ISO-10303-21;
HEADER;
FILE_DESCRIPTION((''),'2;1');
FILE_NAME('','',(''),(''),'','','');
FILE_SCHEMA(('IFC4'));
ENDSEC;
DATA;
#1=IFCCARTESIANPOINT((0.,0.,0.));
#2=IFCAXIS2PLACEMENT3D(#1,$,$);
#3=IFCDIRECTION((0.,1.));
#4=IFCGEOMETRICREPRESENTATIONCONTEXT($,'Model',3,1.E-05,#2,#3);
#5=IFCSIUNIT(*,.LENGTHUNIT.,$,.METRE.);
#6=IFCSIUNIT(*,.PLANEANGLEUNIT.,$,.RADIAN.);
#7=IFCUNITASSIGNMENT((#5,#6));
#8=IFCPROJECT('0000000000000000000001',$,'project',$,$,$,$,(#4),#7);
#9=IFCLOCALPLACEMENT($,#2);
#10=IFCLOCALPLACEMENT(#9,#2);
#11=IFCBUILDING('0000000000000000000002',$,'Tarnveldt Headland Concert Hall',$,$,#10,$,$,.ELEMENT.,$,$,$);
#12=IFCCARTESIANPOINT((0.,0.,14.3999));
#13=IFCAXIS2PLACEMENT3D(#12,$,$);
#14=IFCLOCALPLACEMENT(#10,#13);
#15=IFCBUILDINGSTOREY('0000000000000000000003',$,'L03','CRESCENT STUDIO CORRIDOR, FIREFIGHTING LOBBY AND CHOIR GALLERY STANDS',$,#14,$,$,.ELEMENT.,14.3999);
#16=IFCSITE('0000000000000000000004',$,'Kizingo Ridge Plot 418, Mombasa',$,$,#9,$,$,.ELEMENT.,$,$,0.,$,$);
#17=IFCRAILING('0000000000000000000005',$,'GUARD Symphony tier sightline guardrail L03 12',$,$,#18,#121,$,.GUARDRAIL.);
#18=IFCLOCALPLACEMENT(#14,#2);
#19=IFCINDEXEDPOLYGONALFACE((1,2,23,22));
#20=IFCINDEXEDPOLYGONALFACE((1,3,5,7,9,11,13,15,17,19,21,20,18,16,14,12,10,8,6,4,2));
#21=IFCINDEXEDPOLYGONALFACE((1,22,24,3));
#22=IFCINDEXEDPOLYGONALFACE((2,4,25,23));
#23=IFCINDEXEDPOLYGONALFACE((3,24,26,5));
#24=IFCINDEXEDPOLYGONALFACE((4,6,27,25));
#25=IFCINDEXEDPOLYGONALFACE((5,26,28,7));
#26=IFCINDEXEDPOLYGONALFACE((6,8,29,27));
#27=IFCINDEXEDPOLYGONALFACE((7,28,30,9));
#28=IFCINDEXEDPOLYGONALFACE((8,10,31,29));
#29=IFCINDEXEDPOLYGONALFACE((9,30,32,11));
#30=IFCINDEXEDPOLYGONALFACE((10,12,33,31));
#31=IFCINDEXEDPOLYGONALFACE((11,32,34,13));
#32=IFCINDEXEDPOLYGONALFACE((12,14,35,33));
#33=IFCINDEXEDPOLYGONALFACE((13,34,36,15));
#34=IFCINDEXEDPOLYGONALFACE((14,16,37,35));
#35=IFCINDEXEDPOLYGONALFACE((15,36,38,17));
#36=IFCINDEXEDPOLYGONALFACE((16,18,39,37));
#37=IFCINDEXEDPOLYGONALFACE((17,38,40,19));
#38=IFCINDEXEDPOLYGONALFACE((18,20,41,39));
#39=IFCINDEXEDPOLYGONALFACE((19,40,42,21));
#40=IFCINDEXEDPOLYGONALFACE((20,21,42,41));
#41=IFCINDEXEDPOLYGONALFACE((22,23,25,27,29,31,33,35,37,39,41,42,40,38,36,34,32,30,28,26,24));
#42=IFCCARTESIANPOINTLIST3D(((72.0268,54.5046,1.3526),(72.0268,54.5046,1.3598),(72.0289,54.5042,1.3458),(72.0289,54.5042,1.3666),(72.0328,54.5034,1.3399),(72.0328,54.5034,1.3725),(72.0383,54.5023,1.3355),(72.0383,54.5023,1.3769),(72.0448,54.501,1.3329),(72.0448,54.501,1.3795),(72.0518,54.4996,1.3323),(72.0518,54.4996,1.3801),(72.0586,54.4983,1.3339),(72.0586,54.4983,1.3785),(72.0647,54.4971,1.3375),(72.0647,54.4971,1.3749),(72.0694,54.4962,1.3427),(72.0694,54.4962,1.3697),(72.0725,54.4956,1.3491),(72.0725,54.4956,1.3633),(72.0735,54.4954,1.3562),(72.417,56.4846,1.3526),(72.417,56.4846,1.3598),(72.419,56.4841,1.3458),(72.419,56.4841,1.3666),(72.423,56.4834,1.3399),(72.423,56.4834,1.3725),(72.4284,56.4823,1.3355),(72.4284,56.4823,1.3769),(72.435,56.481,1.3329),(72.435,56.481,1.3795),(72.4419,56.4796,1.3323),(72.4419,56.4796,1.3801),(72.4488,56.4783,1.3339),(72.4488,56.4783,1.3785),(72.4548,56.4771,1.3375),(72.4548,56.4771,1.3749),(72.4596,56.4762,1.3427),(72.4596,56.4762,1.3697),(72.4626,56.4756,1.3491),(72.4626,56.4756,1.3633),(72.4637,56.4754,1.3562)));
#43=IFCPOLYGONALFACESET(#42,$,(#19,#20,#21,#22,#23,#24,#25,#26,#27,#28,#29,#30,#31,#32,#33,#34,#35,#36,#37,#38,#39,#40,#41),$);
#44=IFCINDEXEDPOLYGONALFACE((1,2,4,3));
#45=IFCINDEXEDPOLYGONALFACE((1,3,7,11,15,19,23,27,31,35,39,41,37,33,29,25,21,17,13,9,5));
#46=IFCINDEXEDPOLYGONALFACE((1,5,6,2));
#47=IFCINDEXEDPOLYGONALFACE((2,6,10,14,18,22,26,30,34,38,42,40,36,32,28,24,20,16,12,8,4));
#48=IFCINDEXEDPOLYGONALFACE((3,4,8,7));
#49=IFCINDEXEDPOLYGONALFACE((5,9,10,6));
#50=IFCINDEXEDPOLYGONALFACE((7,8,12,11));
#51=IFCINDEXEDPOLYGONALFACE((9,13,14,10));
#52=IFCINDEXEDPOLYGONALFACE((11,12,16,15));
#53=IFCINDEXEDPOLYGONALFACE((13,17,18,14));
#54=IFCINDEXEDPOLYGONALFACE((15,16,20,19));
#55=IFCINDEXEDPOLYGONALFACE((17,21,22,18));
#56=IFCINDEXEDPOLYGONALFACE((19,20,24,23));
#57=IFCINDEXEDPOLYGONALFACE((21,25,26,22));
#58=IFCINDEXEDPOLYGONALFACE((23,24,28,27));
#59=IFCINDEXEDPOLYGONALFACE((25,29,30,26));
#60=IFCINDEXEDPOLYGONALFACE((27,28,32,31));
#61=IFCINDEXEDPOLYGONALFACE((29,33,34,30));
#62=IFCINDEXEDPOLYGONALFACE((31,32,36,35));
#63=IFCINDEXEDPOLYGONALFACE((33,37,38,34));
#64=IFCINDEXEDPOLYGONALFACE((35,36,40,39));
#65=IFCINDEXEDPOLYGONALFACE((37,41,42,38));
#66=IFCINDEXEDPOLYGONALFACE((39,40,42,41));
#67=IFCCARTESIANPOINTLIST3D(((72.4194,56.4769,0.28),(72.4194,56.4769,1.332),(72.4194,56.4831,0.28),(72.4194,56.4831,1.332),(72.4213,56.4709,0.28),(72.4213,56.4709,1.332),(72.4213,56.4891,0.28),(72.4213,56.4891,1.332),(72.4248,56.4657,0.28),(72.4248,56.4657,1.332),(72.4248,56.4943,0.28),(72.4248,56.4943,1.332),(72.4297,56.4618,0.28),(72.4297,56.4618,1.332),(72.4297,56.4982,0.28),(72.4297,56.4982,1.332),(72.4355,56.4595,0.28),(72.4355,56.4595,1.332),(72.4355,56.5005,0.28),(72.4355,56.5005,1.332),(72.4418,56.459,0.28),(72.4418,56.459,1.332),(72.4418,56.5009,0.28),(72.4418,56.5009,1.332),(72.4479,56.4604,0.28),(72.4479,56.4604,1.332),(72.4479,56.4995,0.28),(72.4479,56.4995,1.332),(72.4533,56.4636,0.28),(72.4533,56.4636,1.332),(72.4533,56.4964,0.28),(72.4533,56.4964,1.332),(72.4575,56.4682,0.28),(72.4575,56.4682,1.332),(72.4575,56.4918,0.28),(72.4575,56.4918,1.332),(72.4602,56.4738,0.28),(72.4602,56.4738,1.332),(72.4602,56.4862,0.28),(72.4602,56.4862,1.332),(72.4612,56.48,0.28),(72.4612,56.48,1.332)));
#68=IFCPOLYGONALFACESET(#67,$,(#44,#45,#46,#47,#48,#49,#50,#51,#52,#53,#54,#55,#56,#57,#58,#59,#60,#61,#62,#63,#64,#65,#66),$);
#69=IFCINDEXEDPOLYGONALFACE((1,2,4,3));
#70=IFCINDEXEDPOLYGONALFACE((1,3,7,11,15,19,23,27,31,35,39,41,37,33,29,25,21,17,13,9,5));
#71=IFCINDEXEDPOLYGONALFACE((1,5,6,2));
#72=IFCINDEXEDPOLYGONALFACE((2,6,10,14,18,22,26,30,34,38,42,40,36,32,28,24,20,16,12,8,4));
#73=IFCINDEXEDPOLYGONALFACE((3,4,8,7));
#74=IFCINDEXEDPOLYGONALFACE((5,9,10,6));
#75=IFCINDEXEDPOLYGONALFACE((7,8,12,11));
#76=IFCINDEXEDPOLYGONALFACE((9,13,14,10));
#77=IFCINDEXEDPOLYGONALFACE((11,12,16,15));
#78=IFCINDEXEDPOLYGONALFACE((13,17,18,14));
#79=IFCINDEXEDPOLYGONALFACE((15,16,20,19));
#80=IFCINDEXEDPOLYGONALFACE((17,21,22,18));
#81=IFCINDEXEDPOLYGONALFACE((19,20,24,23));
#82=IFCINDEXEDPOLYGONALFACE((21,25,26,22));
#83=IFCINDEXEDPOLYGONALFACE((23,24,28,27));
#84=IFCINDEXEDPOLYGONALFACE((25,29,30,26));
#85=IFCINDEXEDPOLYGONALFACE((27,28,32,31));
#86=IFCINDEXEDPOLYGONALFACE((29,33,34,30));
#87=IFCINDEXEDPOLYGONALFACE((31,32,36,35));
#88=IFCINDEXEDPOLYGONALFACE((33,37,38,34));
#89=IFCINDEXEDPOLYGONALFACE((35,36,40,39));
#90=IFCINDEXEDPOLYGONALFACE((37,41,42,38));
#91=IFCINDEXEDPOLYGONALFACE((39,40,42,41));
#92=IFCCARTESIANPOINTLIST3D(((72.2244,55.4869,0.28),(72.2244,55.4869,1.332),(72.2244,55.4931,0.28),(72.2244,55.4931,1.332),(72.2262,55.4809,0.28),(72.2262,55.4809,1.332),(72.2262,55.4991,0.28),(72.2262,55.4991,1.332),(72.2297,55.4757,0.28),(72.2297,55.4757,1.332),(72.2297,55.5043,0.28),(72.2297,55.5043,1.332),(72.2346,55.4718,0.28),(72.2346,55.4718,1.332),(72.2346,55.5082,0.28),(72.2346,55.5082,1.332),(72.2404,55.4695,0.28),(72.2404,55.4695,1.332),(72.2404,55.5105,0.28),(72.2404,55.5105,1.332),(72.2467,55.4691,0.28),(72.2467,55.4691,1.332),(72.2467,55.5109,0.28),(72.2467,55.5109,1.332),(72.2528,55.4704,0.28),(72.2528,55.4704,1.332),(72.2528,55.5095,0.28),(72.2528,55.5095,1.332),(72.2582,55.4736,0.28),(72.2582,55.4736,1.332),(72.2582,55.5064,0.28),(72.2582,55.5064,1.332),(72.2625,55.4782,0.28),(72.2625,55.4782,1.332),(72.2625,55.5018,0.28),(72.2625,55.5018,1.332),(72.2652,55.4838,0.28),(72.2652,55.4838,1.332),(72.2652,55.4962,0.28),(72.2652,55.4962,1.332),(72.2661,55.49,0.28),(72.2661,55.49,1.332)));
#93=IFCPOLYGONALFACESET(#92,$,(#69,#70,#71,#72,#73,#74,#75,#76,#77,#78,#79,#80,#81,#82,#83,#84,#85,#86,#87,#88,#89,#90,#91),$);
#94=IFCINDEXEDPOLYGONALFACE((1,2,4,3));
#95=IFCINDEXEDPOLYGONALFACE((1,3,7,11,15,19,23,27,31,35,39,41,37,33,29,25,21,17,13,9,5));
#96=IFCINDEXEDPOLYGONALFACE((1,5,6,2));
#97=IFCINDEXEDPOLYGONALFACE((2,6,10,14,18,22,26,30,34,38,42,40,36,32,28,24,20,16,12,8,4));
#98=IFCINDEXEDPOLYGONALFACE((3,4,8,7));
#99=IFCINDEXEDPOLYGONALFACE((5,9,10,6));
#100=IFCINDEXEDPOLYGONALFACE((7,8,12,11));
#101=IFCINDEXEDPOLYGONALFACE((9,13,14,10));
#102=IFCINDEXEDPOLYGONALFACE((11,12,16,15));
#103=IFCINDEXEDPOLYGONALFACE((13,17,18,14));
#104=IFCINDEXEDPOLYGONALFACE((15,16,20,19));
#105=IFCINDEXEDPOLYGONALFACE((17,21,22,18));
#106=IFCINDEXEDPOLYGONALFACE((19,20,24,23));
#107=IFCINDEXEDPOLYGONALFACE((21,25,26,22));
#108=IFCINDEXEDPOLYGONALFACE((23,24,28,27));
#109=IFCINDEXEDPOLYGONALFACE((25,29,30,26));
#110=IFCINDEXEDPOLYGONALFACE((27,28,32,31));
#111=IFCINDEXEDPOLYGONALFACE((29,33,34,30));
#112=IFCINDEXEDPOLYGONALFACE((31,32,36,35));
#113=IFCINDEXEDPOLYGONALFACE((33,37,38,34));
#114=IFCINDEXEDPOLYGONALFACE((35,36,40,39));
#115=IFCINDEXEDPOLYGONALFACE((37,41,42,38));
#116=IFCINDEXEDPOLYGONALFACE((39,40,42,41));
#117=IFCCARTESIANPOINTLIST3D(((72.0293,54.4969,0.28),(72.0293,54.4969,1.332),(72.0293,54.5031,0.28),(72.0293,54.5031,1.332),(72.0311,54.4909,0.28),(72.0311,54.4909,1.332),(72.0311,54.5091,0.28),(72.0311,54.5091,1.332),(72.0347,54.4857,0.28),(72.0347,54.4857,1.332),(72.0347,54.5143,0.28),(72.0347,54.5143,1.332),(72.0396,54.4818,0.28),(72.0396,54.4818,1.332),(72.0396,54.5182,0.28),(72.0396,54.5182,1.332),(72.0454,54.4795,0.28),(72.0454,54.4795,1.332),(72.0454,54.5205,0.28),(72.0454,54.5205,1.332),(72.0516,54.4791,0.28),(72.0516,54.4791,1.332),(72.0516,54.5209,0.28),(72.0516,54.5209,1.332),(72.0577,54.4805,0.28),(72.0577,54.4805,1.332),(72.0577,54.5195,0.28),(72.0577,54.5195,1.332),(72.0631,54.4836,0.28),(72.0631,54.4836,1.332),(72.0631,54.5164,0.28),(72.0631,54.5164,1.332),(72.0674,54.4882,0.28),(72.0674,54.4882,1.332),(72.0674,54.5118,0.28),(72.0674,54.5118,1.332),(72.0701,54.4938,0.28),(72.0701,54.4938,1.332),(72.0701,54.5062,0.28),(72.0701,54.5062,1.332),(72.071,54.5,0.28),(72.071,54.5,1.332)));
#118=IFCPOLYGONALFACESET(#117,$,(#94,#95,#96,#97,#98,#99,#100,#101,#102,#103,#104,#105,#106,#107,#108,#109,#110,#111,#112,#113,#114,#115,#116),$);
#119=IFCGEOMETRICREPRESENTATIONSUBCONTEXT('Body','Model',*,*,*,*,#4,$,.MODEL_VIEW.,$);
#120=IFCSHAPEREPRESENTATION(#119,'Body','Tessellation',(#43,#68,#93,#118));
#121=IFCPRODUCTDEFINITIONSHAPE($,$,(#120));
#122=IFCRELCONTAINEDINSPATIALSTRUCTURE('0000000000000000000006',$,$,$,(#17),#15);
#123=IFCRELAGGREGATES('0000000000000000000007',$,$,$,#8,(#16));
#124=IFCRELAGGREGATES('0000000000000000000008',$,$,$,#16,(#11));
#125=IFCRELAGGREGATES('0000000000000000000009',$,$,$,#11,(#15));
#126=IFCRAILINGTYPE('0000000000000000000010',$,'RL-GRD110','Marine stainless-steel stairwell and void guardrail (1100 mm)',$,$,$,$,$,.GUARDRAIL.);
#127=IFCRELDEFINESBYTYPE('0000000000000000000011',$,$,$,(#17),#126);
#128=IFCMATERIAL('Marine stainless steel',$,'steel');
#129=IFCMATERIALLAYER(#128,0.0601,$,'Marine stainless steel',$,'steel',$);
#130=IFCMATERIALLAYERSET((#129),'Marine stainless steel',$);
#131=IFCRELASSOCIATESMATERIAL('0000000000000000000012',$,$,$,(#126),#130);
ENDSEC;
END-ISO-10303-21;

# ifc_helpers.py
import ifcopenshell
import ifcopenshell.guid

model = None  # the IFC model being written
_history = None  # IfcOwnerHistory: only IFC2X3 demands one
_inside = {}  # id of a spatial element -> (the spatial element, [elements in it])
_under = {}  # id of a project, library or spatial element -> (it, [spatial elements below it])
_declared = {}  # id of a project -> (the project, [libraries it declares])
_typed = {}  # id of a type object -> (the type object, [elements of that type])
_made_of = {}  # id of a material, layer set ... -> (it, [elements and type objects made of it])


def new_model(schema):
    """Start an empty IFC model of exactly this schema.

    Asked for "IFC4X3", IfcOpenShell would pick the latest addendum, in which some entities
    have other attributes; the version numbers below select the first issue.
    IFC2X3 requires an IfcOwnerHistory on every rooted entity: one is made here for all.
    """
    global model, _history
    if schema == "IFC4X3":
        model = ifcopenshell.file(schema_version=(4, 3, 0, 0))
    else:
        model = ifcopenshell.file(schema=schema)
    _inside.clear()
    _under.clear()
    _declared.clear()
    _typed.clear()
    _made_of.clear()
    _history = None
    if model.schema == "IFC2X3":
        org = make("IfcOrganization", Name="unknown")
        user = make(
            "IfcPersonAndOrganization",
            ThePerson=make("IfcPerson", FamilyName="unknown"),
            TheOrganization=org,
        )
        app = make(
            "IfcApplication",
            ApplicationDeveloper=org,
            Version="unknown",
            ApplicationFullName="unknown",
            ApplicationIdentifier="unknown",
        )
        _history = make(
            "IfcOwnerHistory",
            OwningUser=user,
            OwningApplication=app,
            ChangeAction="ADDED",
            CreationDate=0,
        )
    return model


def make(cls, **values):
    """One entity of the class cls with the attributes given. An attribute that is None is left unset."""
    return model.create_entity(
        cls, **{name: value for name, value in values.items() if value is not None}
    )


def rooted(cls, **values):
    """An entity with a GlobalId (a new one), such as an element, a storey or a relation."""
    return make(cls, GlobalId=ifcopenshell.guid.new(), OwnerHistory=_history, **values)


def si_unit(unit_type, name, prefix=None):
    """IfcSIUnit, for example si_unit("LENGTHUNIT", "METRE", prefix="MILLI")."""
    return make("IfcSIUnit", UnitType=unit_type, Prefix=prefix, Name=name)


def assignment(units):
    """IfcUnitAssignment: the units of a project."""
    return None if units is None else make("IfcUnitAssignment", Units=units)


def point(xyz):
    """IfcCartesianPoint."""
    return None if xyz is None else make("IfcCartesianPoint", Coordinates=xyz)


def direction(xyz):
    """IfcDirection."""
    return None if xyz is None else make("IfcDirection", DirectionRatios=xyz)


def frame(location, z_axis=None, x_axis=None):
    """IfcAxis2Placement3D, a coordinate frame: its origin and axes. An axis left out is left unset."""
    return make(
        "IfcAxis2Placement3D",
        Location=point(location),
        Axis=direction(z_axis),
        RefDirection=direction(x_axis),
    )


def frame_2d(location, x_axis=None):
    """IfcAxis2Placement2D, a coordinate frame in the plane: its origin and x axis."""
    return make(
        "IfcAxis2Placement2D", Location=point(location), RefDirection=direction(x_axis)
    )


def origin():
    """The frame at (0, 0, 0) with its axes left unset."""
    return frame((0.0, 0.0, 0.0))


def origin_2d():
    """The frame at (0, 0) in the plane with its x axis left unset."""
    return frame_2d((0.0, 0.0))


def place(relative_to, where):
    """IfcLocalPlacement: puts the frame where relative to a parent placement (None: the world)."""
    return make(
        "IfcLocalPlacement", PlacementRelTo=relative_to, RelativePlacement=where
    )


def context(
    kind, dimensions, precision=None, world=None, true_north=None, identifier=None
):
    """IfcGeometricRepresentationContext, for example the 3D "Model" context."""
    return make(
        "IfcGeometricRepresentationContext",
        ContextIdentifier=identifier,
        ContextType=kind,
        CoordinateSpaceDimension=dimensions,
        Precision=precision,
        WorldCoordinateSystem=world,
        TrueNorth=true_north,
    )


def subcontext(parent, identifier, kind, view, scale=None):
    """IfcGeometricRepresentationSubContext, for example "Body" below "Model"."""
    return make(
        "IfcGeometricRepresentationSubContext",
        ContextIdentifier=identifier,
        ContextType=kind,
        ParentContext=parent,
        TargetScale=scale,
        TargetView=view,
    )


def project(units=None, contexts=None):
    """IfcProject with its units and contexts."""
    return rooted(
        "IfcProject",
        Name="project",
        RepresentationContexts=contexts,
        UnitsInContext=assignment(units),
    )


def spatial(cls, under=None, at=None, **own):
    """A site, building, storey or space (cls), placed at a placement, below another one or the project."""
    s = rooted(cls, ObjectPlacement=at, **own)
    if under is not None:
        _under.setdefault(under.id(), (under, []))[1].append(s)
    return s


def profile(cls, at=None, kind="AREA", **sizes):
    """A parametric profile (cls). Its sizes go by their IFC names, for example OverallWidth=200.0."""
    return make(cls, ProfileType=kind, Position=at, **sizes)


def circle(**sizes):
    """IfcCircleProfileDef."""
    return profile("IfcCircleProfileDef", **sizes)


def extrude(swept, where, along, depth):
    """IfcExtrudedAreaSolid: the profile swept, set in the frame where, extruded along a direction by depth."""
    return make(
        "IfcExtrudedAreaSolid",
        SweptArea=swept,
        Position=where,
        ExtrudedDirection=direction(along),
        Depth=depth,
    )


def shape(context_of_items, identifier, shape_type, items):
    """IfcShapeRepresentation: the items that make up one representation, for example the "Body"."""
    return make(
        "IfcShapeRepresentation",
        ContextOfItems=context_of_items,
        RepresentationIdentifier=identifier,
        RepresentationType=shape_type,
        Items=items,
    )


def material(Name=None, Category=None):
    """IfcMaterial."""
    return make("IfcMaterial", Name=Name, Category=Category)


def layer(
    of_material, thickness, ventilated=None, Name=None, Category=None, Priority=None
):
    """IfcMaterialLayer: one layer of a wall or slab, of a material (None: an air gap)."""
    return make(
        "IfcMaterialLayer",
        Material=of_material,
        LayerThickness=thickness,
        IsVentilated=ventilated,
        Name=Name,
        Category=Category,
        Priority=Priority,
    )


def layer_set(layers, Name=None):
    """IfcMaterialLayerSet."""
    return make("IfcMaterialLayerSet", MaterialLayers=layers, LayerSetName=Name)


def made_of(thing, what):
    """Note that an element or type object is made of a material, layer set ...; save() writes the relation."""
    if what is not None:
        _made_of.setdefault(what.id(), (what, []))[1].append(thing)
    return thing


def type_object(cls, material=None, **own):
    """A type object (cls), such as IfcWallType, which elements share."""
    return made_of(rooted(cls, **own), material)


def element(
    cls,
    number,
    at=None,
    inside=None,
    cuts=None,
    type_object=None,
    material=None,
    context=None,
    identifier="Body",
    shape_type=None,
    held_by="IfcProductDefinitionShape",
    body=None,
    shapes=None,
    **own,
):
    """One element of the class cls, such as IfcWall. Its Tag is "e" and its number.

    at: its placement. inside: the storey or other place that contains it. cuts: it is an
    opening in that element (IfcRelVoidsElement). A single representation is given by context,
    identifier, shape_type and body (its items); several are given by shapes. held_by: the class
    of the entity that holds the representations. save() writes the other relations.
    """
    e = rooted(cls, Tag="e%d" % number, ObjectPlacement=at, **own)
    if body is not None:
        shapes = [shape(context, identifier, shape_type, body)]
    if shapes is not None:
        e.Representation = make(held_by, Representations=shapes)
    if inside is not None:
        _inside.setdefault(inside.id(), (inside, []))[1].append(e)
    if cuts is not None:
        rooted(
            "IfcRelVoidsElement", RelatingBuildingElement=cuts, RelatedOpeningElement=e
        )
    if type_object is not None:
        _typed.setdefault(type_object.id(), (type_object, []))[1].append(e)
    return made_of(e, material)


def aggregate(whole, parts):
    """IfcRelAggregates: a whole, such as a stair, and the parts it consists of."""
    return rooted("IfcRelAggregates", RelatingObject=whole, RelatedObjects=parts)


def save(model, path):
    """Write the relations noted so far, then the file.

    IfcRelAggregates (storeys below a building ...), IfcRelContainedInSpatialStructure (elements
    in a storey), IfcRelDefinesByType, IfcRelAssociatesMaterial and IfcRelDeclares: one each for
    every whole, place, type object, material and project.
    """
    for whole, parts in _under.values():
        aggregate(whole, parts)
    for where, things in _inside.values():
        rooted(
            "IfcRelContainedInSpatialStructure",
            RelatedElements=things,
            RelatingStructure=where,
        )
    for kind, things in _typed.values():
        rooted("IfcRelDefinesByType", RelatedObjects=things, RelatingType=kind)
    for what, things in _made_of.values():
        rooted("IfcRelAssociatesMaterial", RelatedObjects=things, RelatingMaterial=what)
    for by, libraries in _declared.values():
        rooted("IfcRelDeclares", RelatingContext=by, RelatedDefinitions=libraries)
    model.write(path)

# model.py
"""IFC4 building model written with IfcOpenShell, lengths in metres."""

from ifc_helpers import new_model, si_unit, direction, frame, origin, origin_2d, place, context, subcontext, project, spatial, circle, extrude, material, layer, layer_set, type_object, element, save


model = new_model("IFC4")

# Units and contexts
model_context = context("Model", 3, precision=1e-05, world=origin(), true_north=direction((0.0, 1.0)))
body_context = subcontext(model_context, "Body", "Model", "MODEL_VIEW")
ifc_project = project(units=[si_unit("LENGTHUNIT", "METRE"), si_unit("PLANEANGLEUNIT", "RADIAN")], contexts=[model_context])

# Site, building, storey
site_placement = place(None, origin())
site = spatial("IfcSite", under=ifc_project, at=site_placement, Name="Kizingo Ridge Plot 418, Mombasa", CompositionType="ELEMENT", RefElevation=0.0)
building_placement = place(site_placement, origin())
building = spatial("IfcBuilding", under=site, at=building_placement, Name="Tarnveldt Headland Concert Hall", CompositionType="ELEMENT")
storey_placement = place(building_placement, frame((0.0, 0.0, 14.3999)))
storey = spatial("IfcBuildingStorey", under=building, at=storey_placement, Name="L03", Description="CRESCENT STUDIO CORRIDOR, FIREFIGHTING LOBBY AND CHOIR GALLERY STANDS", CompositionType="ELEMENT", Elevation=14.3999)

# Railing
ifc_material_1 = material(Name="Marine stainless steel", Category="steel")
ifc_layer = layer(ifc_material_1, 0.0601, Name="Marine stainless steel", Category="steel")
ifc_layer_set = layer_set([ifc_layer], Name="Marine stainless steel")
railing_type = type_object("IfcRailingType", Name="RL-GRD110", Description="Marine stainless-steel stairwell and void guardrail (1100 mm)", PredefinedType="GUARDRAIL", material=ifc_layer_set)
railing_1_placement = place(storey_placement, frame((72.4402, 56.48, 0.28)))
element("IfcRailing", 1, at=railing_1_placement, inside=storey, type_object=railing_type, Name="GUARD Symphony tier sightline guardrail L03 12", PredefinedType="GUARDRAIL", context=body_context, shape_type="SweptSolid", body=[
    extrude(circle(Radius=0.0239, at=origin_2d()), frame((0.0, 0.0, 1.0762), z_axis=(-0.193324, -0.981135, 0.0), x_axis=(0.981135, -0.193324, 0.0)), (0.0, 0.0, 1.0), 2.0181),
    extrude(circle(Radius=0.021, at=origin_2d()), origin(), (0.0, 0.0, 1.0), 1.052),
    extrude(circle(Radius=0.021, at=origin_2d()), frame((-0.1951, -0.99, 0.0)), (0.0, 0.0, 1.0), 1.052),
    extrude(circle(Radius=0.021, at=origin_2d()), frame((-0.3901, -1.98, 0.0)), (0.0, 0.0, 1.0), 1.052),
])

save(model, "model.ifc")
